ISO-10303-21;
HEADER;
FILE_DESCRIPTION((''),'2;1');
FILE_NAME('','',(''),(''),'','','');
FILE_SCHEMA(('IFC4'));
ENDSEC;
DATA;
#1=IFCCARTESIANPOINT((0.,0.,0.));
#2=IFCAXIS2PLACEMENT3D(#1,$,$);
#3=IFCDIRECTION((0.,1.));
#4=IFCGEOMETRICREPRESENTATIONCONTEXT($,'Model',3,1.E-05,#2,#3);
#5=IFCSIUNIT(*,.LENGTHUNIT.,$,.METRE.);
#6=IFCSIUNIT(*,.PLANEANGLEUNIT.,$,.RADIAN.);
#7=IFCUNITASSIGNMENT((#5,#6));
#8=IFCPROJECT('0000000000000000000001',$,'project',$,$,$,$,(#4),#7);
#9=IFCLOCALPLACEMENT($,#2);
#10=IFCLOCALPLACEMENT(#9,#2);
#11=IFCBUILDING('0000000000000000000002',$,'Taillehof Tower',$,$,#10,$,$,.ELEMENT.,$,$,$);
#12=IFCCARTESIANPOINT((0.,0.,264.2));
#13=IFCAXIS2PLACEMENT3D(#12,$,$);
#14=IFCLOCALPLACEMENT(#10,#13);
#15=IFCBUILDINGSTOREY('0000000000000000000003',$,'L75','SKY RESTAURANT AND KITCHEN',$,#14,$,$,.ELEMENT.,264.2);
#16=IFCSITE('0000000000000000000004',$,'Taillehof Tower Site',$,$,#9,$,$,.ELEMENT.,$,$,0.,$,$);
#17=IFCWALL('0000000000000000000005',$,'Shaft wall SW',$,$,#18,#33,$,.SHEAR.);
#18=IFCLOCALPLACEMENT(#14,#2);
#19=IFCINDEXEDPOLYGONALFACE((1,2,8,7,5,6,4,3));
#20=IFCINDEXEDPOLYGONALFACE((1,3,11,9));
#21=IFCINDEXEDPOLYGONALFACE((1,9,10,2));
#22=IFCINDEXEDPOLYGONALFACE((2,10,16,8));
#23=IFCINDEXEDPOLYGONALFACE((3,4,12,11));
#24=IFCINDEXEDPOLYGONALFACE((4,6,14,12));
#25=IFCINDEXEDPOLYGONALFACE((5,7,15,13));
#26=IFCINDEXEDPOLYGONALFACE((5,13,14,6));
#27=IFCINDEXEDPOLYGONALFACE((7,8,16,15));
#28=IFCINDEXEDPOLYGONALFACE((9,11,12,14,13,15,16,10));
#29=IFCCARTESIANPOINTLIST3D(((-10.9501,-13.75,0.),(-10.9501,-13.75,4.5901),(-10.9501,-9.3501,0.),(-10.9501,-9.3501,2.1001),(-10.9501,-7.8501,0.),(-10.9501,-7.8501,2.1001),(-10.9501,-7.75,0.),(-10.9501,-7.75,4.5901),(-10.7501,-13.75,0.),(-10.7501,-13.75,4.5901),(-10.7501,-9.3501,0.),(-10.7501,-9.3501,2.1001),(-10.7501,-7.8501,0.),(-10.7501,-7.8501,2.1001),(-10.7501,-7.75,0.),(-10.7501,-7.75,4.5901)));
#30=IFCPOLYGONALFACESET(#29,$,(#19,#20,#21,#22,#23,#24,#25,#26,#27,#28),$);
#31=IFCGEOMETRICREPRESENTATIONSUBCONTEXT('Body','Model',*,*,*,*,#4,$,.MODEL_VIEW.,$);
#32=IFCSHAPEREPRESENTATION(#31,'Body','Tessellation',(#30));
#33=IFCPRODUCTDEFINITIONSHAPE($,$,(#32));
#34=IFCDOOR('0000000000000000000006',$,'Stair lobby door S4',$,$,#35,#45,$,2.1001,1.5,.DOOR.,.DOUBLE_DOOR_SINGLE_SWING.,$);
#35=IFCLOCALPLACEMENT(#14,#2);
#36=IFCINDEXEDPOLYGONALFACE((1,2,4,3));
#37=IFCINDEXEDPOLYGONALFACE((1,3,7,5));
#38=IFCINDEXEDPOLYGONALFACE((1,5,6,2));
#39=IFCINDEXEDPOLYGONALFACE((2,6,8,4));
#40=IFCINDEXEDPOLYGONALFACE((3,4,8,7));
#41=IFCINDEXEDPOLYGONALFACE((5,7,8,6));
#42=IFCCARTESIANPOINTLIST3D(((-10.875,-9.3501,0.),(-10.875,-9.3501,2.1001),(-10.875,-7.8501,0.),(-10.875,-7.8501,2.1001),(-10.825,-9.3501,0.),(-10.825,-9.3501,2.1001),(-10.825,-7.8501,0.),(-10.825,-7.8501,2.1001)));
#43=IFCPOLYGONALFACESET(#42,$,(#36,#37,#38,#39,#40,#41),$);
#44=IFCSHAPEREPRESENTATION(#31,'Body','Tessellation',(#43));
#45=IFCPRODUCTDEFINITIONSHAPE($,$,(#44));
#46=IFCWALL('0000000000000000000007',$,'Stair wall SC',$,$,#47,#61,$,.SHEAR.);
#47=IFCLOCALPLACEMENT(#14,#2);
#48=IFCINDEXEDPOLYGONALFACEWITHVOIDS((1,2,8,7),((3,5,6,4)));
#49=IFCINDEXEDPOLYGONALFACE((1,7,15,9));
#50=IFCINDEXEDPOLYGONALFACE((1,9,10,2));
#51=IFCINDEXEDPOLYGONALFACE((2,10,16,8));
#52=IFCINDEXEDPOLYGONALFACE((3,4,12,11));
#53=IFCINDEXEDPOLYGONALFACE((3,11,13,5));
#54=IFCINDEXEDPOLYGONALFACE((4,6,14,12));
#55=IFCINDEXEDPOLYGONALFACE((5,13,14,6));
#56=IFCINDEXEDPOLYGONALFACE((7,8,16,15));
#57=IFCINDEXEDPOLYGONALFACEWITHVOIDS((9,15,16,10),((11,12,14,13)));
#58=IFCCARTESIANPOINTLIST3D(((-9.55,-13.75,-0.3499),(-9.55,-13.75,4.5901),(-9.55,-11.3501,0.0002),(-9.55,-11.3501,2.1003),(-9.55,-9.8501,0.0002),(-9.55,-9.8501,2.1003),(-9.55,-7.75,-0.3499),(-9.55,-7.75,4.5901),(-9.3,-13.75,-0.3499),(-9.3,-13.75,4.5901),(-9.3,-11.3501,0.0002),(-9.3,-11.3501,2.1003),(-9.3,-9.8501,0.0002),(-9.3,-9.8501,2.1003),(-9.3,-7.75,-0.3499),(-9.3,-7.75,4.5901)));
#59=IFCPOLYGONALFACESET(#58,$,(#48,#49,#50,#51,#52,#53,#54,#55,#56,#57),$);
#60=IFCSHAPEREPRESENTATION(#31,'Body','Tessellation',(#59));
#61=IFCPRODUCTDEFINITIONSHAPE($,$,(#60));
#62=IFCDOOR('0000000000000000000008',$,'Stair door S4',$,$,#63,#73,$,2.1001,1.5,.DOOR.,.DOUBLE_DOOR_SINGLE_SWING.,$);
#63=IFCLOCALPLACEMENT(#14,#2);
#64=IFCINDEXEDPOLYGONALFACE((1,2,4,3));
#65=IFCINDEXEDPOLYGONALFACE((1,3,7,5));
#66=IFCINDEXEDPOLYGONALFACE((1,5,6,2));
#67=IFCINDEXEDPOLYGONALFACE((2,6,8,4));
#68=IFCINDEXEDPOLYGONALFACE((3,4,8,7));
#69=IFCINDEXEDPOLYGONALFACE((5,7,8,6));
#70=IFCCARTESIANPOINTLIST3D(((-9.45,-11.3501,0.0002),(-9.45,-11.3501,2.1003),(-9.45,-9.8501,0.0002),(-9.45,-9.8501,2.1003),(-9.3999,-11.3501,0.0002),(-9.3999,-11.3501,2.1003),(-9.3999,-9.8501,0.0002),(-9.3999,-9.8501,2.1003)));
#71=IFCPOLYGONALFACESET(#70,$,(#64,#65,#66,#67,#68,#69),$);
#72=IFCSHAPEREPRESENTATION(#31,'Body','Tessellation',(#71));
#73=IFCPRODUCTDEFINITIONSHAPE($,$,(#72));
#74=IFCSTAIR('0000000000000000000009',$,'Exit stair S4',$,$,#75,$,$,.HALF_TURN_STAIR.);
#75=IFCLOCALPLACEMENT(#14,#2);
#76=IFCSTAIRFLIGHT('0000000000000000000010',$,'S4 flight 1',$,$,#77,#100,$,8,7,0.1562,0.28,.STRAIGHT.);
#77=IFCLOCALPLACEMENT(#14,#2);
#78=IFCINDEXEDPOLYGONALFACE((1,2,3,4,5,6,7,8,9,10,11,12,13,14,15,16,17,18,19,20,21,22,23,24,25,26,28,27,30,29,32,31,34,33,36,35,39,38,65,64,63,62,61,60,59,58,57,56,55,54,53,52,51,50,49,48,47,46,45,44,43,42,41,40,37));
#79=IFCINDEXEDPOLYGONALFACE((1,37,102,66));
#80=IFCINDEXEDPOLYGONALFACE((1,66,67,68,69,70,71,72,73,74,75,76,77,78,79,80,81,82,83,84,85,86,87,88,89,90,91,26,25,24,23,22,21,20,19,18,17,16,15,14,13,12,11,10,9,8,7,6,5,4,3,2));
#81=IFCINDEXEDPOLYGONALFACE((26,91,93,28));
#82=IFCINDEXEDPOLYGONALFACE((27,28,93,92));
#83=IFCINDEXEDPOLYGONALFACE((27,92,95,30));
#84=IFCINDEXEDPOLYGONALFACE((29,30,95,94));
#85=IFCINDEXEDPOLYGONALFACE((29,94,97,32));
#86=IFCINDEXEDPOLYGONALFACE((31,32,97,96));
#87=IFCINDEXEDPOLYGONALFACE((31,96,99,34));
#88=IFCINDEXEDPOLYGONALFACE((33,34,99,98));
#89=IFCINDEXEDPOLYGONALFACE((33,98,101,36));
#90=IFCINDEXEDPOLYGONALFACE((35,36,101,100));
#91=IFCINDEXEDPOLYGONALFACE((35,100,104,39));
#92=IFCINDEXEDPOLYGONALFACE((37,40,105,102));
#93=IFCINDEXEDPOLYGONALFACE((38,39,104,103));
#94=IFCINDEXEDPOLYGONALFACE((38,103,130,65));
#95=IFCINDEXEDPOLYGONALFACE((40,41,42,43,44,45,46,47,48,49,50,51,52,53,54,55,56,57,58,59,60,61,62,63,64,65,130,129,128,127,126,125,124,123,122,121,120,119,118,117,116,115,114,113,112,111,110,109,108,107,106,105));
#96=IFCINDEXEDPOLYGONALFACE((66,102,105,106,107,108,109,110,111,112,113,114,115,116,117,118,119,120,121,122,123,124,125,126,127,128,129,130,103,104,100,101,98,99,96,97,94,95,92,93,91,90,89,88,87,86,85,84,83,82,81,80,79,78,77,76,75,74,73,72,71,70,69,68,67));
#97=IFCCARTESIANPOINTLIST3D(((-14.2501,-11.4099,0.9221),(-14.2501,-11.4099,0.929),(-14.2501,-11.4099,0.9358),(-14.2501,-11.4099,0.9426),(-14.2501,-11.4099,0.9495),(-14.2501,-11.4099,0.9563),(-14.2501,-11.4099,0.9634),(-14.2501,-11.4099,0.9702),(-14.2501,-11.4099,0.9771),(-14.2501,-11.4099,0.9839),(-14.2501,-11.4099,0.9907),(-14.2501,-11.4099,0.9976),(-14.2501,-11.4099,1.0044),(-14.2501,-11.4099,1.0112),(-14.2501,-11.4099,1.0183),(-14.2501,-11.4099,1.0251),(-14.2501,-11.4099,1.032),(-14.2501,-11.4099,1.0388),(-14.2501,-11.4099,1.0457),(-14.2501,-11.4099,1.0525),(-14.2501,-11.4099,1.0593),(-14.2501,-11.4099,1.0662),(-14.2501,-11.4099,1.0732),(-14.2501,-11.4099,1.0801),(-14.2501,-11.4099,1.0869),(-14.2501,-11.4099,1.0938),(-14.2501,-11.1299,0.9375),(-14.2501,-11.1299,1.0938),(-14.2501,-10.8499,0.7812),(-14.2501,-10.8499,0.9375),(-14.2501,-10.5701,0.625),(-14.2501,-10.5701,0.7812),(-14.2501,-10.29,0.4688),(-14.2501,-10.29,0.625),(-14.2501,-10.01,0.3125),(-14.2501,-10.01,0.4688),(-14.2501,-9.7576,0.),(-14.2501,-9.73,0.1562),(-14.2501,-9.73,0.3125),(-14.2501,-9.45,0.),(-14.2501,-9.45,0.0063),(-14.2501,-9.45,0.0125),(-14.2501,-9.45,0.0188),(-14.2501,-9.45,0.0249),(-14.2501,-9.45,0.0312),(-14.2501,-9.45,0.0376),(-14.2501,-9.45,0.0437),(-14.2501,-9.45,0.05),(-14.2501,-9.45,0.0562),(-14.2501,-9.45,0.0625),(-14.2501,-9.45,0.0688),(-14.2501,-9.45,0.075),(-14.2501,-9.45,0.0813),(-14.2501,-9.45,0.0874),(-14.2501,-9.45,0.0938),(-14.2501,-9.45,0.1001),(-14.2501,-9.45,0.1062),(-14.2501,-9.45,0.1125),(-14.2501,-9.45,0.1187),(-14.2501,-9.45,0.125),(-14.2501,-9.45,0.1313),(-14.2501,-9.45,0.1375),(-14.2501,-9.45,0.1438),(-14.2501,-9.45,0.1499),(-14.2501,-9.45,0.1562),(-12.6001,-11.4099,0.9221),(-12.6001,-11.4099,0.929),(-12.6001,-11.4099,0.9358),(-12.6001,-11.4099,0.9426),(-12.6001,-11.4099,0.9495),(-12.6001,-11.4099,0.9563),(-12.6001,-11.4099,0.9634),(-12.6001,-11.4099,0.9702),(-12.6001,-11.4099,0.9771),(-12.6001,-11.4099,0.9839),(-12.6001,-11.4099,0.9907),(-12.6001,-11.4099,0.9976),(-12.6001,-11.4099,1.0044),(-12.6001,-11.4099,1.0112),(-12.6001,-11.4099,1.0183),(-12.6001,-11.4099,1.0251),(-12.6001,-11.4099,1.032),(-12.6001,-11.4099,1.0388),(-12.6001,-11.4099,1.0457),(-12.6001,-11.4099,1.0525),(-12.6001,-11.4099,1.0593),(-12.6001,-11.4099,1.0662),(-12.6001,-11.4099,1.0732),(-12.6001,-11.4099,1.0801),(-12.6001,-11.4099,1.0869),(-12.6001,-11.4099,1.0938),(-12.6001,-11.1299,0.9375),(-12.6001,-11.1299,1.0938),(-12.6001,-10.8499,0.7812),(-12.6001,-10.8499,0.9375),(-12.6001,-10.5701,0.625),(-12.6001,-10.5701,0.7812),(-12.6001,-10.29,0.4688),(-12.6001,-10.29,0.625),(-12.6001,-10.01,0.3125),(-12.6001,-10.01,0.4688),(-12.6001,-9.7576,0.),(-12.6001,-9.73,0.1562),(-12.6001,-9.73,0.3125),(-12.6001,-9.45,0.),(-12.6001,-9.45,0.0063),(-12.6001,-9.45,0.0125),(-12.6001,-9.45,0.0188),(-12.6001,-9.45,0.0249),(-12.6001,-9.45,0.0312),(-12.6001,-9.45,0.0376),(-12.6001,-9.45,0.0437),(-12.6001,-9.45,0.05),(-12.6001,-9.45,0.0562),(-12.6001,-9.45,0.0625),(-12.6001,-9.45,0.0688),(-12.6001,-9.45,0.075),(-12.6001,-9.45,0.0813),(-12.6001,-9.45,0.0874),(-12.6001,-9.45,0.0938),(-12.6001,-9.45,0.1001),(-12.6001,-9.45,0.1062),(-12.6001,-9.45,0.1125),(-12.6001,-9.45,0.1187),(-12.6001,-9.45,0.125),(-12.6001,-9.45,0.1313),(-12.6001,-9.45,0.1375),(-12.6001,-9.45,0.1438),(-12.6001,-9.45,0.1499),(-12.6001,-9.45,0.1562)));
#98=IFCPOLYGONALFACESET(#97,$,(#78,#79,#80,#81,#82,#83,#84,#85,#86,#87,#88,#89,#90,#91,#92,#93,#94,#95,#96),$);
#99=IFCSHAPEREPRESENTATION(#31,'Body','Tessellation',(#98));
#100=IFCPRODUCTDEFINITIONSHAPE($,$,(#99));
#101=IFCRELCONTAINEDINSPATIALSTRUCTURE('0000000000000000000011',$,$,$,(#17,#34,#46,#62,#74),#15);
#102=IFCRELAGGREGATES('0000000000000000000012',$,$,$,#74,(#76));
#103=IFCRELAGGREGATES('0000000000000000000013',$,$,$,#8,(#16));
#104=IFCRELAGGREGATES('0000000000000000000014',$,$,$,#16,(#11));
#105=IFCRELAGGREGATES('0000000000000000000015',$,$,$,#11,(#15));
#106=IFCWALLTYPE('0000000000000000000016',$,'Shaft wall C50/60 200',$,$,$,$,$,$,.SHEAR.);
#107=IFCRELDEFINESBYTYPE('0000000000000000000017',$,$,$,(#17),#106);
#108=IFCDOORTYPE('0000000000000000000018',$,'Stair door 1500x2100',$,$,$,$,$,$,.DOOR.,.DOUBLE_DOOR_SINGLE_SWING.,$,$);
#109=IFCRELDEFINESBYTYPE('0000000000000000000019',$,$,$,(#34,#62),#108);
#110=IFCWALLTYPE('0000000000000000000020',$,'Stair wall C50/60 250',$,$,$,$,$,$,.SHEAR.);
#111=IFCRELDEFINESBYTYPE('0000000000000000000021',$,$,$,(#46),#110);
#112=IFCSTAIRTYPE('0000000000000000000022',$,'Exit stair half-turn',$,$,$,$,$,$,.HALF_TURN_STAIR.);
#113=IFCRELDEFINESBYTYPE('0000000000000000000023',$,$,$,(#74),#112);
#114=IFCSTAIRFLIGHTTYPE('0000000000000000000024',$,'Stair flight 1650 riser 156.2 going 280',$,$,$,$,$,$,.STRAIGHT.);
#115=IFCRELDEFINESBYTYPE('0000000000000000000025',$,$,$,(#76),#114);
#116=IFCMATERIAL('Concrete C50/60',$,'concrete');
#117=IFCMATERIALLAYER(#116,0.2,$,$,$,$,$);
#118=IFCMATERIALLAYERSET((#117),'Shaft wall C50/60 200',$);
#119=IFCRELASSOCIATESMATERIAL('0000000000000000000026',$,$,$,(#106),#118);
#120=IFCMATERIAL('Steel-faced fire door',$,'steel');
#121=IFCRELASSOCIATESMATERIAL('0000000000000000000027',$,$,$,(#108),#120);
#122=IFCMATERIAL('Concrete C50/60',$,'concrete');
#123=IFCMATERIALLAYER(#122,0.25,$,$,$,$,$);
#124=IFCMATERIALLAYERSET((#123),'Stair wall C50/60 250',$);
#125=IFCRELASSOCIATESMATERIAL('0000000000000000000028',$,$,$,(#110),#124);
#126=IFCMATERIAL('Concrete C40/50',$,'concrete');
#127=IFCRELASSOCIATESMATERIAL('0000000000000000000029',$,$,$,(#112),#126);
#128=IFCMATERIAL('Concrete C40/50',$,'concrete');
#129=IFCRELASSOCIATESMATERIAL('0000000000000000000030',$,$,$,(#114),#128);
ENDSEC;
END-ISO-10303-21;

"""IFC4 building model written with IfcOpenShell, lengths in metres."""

from ifc_helpers import new_model, si_unit, direction, frame, frame_2d, origin, place, context, subcontext, project, spatial, polyline, rectangle, outline, extrude, material, layer, layer_set, type_object, element, fill, aggregate, save


model = new_model("IFC4")

# Units and contexts
model_context = context("Model", 3, precision=1e-05, world=origin(), true_north=direction((0.0, 1.0)))
body_context = subcontext(model_context, "Body", "Model", "MODEL_VIEW")
ifc_project = project(units=[si_unit("LENGTHUNIT", "METRE"), si_unit("PLANEANGLEUNIT", "RADIAN")], contexts=[model_context])

# Site, building, storey
site_placement = place(None, origin())
site = spatial("IfcSite", under=ifc_project, at=site_placement, Name="Taillehof Tower Site", CompositionType="ELEMENT", RefElevation=0.0)
building_placement = place(site_placement, origin())
building = spatial("IfcBuilding", under=site, at=building_placement, Name="Taillehof Tower", CompositionType="ELEMENT")
storey_placement = place(building_placement, frame((0.0, 0.0, 264.2)))
storey = spatial("IfcBuildingStorey", under=building, at=storey_placement, Name="L75", Description="SKY RESTAURANT AND KITCHEN", CompositionType="ELEMENT", Elevation=264.2)

# Walls, openings, doors
ifc_material_1 = material(Name="Concrete C50/60", Category="concrete")
ifc_layer_1 = layer(ifc_material_1, 0.2)
ifc_layer_set_1 = layer_set([ifc_layer_1], Name="Shaft wall C50/60 200")
wall_type_1 = type_object("IfcWallType", Name="Shaft wall C50/60 200", PredefinedType="SHEAR", material=ifc_layer_set_1)
wall_1_placement = place(storey_placement, frame((-10.8501, -13.75, 0.0), z_axis=(0.0, 0.0, 1.0), x_axis=(0.0, 1.0, 0.0)))
wall_1 = element("IfcWall", 1, at=wall_1_placement, inside=storey, type_object=wall_type_1, Name="Shaft wall SW", PredefinedType="SHEAR", context=body_context, shape_type="SweptSolid", body=[
    extrude(rectangle(XDim=6.0, YDim=0.2, at=frame_2d((3.0, 0.0))), origin(), (0.0, 0.0, 1.0), 4.5901),
])
opening_1_placement = place(wall_1_placement, frame((4.3999, 0.0, 0.0)))
opening_1 = element("IfcOpeningElement", 2, at=opening_1_placement, cuts=wall_1, PredefinedType="OPENING", context=body_context, shape_type="SweptSolid", body=[
    extrude(rectangle(XDim=1.5, YDim=2.1001, at=frame_2d((0.75, 1.05))), frame((0.0, 0.1099, 0.0), z_axis=(0.0, -1.0, 0.0), x_axis=(1.0, 0.0, 0.0)), (0.0, 0.0, 1.0), 0.22),
])
ifc_material_2 = material(Name="Steel-faced fire door", Category="steel")
door_type_1 = type_object("IfcDoorType", Name="Stair door 1500x2100", OperationType="DOUBLE_DOOR_SINGLE_SWING", PredefinedType="DOOR", material=ifc_material_2)
door_1_placement = place(opening_1_placement, origin())
door_1 = element("IfcDoor", 3, at=door_1_placement, inside=storey, type_object=door_type_1, Name="Stair lobby door S4", OperationType="DOUBLE_DOOR_SINGLE_SWING", OverallHeight=2.1001, OverallWidth=1.5, PredefinedType="DOOR", context=body_context, shape_type="SweptSolid", body=[
    extrude(rectangle(XDim=1.5, YDim=2.1001, at=frame_2d((0.75, 1.05))), frame((0.0, 0.0249, 0.0), z_axis=(0.0, -1.0, 0.0), x_axis=(1.0, 0.0, 0.0)), (0.0, 0.0, 1.0), 0.05),
])
fill(opening_1, door_1)
ifc_material_3 = material(Name="Concrete C50/60", Category="concrete")
ifc_layer_2 = layer(ifc_material_3, 0.25)
ifc_layer_set_2 = layer_set([ifc_layer_2], Name="Stair wall C50/60 250")
wall_type_2 = type_object("IfcWallType", Name="Stair wall C50/60 250", PredefinedType="SHEAR", material=ifc_layer_set_2)
wall_2_placement = place(storey_placement, frame((-9.425, -13.75, -0.3499), z_axis=(0.0, 0.0, 1.0), x_axis=(0.0, 1.0, 0.0)))
wall_2 = element("IfcWall", 4, at=wall_2_placement, inside=storey, type_object=wall_type_2, Name="Stair wall SC", PredefinedType="SHEAR", context=body_context, shape_type="SweptSolid", body=[
    extrude(rectangle(XDim=6.0, YDim=0.25, at=frame_2d((3.0, 0.0))), origin(), (0.0, 0.0, 1.0), 4.9399),
])
opening_2_placement = place(wall_2_placement, frame((2.3999, 0.0, 0.3501)))
opening_2 = element("IfcOpeningElement", 5, at=opening_2_placement, cuts=wall_2, PredefinedType="OPENING", context=body_context, shape_type="SweptSolid", body=[
    extrude(rectangle(XDim=1.5, YDim=2.1001, at=frame_2d((0.75, 1.05))), frame((0.0, 0.135, 0.0), z_axis=(0.0, -1.0, 0.0), x_axis=(1.0, 0.0, 0.0)), (0.0, 0.0, 1.0), 0.27),
])
door_2_placement = place(opening_2_placement, origin())
door_2 = element("IfcDoor", 6, at=door_2_placement, inside=storey, type_object=door_type_1, Name="Stair door S4", OperationType="DOUBLE_DOOR_SINGLE_SWING", OverallHeight=2.1001, OverallWidth=1.5, PredefinedType="DOOR", context=body_context, shape_type="SweptSolid", body=[
    extrude(rectangle(XDim=1.5, YDim=2.1001, at=frame_2d((0.75, 1.05))), frame((0.0, 0.0249, 0.0), z_axis=(0.0, -1.0, 0.0), x_axis=(1.0, 0.0, 0.0)), (0.0, 0.0, 1.0), 0.05),
])
fill(opening_2, door_2)

# Stair, stair flight
ifc_material_4 = material(Name="Concrete C40/50", Category="concrete")
stair_type = type_object("IfcStairType", Name="Exit stair half-turn", PredefinedType="HALF_TURN_STAIR", material=ifc_material_4)
stair_placement = place(storey_placement, origin())
stair = element("IfcStair", 7, at=stair_placement, inside=storey, type_object=stair_type, Name="Exit stair S4", PredefinedType="HALF_TURN_STAIR")
ifc_material_5 = material(Name="Concrete C40/50", Category="concrete")
stair_flight_type = type_object("IfcStairFlightType", Name="Stair flight 1650 riser 156.2 going 280", PredefinedType="STRAIGHT", material=ifc_material_5)
stair_flight_1_placement = place(storey_placement, frame((-13.425, -9.45, 0.0), z_axis=(0.0, 0.0, 1.0), x_axis=(0.0, -1.0, 0.0)))
stair_flight_1 = element("IfcStairFlight", 8, at=stair_flight_1_placement, type_object=stair_flight_type, Name="S4 flight 1", NumberOfRisers=8, NumberOfTreads=7, PredefinedType="STRAIGHT", RiserHeight=0.1562, TreadLength=0.28, context=body_context, shape_type="SweptSolid", body=[
    extrude(outline(polyline([(0.0, 0.0), (0.0, 0.0063), (0.0, 0.0125), (0.0, 0.0188), (0.0, 0.0249), (0.0, 0.0312), (0.0, 0.0376), (0.0, 0.0437), (0.0, 0.05), (0.0, 0.0562), (0.0, 0.0625), (0.0, 0.0688), (0.0, 0.075), (0.0, 0.0813), (0.0, 0.0874), (0.0, 0.0938), (0.0, 0.1001), (0.0, 0.1062), (0.0, 0.1125), (0.0, 0.1187), (0.0, 0.125), (0.0, 0.1313), (0.0, 0.1375), (0.0, 0.1438), (0.0, 0.1499), (0.0, 0.1562), (0.28, 0.1562), (0.28, 0.3125), (0.5601, 0.3125), (0.5601, 0.4688), (0.8401, 0.4688), (0.8401, 0.625), (1.1201, 0.625), (1.1201, 0.7812), (1.3999, 0.7812), (1.3999, 0.9375), (1.6799, 0.9375), (1.6799, 1.0938), (1.96, 1.0938), (1.96, 1.0869), (1.96, 1.0801), (1.96, 1.0732), (1.96, 1.0662), (1.96, 1.0593), (1.96, 1.0525), (1.96, 1.0457), (1.96, 1.0388), (1.96, 1.032), (1.96, 1.0251), (1.96, 1.0183), (1.96, 1.0112), (1.96, 1.0044), (1.96, 0.9976), (1.96, 0.9907), (1.96, 0.9839), (1.96, 0.9771), (1.96, 0.9702), (1.96, 0.9634), (1.96, 0.9563), (1.96, 0.9495), (1.96, 0.9426), (1.96, 0.9358), (1.96, 0.929), (1.96, 0.9221), (0.3076, 0.0), (0.0, 0.0)])), frame((0.0, 0.825, 0.0), z_axis=(0.0, -1.0, 0.0), x_axis=(1.0, 0.0, 0.0)), (0.0, 0.0, 1.0), 1.65),
])
aggregate(stair, [stair_flight_1])

save(model, "model.ifc")
